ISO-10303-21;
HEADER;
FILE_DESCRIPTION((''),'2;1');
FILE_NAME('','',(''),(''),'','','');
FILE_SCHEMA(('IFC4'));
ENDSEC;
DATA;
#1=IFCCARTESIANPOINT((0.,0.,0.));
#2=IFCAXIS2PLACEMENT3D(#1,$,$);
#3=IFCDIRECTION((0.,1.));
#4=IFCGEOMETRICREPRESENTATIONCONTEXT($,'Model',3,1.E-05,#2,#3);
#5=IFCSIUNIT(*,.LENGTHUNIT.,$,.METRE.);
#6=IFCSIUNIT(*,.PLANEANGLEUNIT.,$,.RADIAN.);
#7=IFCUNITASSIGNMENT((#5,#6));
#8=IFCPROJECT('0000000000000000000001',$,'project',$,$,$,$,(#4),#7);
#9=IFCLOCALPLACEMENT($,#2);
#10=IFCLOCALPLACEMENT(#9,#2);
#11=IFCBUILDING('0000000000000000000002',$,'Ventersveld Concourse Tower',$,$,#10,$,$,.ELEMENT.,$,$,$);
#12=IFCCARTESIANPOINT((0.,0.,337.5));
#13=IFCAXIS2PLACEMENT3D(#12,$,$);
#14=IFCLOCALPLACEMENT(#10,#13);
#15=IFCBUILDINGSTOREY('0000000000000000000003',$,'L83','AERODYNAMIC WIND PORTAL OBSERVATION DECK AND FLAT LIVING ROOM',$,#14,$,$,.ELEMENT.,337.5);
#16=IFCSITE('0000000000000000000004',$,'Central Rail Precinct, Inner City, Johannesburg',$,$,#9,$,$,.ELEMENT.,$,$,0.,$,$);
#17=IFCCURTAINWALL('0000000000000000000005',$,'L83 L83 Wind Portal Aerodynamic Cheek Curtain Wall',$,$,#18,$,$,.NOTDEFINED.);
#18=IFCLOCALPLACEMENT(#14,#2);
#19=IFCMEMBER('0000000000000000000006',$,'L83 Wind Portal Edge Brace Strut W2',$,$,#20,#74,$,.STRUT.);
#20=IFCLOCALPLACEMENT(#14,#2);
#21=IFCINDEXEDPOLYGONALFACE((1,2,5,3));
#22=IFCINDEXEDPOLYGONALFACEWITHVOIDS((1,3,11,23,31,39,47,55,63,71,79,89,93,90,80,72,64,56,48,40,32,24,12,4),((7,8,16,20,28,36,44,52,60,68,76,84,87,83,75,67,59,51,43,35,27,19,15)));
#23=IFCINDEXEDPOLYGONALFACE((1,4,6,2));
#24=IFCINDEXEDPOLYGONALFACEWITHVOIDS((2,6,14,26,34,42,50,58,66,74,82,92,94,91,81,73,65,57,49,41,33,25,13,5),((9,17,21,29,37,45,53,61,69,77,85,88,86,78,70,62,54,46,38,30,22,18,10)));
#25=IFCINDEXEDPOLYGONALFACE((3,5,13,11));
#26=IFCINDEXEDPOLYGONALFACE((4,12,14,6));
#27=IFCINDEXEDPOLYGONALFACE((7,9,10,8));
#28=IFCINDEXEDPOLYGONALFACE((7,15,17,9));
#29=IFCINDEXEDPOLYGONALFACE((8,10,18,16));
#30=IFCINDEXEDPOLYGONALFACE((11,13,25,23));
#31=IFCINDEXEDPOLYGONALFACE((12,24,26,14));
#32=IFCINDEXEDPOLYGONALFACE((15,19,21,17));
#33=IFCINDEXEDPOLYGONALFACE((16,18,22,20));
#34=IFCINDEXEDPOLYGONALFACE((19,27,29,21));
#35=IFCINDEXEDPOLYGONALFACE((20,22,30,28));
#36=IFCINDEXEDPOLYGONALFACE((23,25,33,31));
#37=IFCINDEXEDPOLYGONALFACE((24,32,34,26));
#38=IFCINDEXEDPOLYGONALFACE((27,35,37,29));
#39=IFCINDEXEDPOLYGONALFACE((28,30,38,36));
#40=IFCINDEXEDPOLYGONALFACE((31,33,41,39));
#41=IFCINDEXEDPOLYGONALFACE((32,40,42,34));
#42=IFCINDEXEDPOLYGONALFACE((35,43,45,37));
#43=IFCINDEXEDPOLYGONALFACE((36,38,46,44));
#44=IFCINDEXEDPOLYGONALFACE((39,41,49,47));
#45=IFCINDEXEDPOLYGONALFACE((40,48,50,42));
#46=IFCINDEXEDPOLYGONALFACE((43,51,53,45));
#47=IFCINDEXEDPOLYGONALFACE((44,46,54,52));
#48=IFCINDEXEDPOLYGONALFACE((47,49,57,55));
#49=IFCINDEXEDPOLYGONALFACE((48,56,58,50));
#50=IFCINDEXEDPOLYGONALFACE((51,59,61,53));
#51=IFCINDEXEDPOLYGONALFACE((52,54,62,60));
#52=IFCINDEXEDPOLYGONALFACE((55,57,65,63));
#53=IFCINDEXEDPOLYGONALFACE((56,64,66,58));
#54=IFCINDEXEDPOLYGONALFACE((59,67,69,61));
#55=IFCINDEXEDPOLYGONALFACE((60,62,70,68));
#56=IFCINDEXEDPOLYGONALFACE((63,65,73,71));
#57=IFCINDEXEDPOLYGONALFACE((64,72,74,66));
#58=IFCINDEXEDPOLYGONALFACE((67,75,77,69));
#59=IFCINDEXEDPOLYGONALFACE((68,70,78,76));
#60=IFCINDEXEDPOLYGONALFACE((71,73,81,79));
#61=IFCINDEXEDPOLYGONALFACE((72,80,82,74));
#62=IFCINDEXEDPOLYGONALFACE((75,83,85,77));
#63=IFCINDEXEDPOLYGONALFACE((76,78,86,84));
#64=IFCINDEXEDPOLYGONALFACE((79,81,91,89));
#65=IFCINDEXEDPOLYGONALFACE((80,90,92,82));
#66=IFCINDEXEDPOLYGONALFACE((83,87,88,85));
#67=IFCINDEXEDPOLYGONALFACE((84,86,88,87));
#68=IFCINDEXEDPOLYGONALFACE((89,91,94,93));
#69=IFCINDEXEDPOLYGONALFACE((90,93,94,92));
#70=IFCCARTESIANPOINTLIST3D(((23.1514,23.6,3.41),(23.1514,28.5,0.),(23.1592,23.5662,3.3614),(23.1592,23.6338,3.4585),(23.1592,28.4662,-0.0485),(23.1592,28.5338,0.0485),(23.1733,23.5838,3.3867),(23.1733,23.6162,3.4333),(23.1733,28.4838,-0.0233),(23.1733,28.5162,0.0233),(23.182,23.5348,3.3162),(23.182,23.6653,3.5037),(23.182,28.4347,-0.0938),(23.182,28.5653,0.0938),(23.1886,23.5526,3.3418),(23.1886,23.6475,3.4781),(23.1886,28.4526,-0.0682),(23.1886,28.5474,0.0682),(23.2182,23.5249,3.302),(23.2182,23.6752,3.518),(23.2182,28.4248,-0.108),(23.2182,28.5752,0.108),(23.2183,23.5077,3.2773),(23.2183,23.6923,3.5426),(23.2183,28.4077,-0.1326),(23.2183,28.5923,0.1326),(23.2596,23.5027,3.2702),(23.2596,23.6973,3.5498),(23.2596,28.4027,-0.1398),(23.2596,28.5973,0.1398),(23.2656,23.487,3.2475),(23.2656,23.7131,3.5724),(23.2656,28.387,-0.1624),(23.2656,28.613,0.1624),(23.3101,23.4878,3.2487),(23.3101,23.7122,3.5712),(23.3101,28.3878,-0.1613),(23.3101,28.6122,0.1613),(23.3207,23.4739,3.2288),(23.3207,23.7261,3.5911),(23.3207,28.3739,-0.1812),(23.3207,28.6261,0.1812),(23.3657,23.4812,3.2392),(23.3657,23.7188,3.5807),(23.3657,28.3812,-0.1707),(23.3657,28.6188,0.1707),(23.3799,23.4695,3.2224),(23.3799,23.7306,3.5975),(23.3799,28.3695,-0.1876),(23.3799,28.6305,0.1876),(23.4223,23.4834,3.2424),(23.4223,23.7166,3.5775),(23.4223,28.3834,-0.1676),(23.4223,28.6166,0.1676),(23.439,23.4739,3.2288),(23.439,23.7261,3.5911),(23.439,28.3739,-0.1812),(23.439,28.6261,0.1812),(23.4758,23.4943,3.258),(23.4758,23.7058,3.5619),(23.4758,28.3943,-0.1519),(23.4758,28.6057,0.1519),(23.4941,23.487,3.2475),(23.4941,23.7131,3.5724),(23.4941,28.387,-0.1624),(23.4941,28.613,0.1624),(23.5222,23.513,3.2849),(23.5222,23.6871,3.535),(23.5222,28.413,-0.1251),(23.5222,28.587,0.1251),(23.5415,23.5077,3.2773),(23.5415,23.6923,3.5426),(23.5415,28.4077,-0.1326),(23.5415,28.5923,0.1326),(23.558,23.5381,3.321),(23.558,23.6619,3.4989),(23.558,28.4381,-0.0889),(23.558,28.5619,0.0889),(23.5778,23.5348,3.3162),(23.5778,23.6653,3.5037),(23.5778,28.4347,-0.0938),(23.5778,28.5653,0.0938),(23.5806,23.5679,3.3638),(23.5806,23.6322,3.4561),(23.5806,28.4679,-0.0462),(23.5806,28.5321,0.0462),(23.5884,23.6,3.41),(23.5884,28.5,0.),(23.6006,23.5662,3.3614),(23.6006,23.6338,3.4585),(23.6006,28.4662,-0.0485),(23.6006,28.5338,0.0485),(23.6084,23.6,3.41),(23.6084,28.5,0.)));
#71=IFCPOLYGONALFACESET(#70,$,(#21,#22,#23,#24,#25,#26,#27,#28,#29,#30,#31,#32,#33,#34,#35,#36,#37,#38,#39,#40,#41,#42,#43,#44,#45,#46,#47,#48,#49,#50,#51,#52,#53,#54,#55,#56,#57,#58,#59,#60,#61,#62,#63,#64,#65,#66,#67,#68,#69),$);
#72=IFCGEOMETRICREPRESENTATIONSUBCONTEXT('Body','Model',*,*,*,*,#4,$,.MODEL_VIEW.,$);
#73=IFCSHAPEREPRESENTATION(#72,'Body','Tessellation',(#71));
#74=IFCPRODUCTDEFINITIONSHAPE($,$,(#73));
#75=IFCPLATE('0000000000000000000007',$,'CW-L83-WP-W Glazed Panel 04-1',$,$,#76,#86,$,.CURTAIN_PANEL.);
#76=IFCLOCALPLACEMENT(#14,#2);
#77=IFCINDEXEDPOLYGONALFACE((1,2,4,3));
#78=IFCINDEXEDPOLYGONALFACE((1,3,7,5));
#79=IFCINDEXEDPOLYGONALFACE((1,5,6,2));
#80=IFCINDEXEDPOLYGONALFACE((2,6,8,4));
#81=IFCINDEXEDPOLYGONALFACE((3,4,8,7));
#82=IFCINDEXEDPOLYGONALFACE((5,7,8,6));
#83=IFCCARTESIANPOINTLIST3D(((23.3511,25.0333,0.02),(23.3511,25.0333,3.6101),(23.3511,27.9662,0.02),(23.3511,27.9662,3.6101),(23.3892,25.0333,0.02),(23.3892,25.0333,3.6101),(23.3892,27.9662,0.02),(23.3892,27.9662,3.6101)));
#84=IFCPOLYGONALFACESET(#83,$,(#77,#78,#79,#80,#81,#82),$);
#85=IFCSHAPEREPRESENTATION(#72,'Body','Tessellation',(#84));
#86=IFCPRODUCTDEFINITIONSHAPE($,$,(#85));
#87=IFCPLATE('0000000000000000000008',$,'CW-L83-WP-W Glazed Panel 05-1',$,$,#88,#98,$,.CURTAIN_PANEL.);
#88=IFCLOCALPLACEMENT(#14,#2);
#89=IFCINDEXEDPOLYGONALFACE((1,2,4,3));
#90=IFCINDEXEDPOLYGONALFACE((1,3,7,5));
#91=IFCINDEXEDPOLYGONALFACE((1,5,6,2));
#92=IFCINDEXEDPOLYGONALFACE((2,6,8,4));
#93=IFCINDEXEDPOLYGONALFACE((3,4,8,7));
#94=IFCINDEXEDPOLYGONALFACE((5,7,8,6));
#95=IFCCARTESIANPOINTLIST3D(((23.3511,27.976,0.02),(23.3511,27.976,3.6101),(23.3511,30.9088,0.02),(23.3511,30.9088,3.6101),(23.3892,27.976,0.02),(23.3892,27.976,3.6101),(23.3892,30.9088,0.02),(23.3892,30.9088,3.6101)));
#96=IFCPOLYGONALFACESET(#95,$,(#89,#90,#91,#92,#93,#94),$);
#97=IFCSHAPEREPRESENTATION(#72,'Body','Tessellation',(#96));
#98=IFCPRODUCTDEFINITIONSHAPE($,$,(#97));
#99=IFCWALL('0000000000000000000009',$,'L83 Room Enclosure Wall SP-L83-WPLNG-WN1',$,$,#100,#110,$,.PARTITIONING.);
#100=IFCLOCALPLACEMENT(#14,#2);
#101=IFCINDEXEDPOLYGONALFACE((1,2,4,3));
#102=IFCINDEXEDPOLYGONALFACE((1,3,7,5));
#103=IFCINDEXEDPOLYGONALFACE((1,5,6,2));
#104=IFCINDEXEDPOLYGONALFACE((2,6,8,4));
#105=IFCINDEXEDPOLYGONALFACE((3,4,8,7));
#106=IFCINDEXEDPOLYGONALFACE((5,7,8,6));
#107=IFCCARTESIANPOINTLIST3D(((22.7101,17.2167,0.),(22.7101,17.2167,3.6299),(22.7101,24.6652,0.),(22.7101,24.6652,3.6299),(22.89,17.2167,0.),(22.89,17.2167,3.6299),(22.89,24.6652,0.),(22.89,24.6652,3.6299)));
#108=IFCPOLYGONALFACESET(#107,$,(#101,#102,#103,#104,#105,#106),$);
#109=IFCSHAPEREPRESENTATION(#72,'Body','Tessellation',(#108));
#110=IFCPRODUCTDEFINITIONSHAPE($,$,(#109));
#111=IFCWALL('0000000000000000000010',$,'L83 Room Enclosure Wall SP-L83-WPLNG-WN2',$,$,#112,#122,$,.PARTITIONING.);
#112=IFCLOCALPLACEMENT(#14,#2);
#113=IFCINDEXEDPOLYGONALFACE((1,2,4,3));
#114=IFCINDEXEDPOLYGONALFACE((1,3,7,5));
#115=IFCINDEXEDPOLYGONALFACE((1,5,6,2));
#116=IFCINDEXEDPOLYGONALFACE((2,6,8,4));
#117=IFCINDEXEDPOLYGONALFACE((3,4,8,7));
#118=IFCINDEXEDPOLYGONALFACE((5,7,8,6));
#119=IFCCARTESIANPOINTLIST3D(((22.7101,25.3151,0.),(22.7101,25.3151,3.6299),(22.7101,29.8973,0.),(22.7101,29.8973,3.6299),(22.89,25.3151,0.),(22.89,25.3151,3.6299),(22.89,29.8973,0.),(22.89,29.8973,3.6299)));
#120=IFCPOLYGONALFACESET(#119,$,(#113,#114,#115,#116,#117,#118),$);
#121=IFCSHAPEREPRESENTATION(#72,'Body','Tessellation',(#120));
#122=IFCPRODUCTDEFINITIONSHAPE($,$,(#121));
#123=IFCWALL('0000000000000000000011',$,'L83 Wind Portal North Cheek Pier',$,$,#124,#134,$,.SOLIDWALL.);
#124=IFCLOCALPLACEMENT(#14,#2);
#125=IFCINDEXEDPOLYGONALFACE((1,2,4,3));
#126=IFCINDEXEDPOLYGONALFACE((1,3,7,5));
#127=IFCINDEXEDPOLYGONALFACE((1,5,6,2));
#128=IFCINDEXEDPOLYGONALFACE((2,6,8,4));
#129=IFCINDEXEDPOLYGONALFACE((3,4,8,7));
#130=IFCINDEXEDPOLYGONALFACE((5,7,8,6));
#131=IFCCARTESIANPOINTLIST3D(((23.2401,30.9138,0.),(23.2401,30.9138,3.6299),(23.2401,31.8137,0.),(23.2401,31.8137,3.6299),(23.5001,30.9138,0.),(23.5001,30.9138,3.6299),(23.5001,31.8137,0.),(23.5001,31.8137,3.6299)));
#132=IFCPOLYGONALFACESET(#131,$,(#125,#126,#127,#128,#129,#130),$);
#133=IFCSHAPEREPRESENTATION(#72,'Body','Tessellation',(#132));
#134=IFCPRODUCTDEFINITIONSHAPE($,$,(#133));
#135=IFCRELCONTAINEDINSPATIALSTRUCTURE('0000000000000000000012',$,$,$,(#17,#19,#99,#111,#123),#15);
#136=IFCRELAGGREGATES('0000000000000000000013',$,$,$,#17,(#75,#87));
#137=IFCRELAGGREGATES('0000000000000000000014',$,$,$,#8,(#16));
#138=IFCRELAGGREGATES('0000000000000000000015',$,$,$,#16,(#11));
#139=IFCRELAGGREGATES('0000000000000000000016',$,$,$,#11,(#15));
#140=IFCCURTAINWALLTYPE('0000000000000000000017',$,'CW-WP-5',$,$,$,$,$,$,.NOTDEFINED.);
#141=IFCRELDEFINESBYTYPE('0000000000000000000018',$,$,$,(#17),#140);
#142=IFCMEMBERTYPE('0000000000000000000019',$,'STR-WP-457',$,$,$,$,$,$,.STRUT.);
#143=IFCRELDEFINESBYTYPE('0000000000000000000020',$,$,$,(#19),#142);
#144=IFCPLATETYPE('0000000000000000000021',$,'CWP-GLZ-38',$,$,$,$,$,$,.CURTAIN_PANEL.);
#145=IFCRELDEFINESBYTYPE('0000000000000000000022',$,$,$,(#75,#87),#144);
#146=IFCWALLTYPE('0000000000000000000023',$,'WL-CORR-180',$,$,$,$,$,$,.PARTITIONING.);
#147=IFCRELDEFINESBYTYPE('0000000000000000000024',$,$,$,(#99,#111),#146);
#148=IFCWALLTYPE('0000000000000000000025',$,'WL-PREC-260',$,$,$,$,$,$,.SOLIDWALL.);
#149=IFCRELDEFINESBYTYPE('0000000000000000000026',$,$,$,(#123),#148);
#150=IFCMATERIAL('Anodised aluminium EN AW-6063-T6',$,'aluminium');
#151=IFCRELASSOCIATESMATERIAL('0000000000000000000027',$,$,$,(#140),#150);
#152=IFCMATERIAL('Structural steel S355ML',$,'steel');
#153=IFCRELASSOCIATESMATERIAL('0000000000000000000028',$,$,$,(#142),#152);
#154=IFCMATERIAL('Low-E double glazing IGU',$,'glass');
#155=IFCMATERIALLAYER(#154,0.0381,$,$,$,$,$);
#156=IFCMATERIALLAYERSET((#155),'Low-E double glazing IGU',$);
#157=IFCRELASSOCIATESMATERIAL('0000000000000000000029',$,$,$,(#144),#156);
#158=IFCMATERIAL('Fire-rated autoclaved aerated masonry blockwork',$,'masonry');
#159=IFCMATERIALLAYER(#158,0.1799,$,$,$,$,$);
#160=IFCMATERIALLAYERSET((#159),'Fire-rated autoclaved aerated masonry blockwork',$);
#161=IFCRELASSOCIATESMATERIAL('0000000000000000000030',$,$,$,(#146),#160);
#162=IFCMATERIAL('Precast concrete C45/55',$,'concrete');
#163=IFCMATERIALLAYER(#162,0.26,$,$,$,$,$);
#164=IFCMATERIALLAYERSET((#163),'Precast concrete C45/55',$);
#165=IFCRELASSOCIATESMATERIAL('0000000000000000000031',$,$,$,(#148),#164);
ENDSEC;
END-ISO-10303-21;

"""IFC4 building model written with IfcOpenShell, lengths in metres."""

from ifc_helpers import new_model, si_unit, direction, frame, frame_2d, origin, origin_2d, place, context, subcontext, project, spatial, rectangle, hollow_circle, extrude, material, layer, layer_set, material_profile, profile_set, type_object, element, aggregate, save


model = new_model("IFC4")

# Units and contexts
model_context = context("Model", 3, precision=1e-05, world=origin(), true_north=direction((0.0, 1.0)))
body_context = subcontext(model_context, "Body", "Model", "MODEL_VIEW")
ifc_project = project(units=[si_unit("LENGTHUNIT", "METRE"), si_unit("PLANEANGLEUNIT", "RADIAN")], contexts=[model_context])

# Site, building, storey
site_placement = place(None, origin())
site = spatial("IfcSite", under=ifc_project, at=site_placement, Name="Central Rail Precinct, Inner City, Johannesburg", CompositionType="ELEMENT", RefElevation=0.0)
building_placement = place(site_placement, origin())
building = spatial("IfcBuilding", under=site, at=building_placement, Name="Ventersveld Concourse Tower", CompositionType="ELEMENT")
storey_placement = place(building_placement, frame((0.0, 0.0, 337.5)))
storey = spatial("IfcBuildingStorey", under=building, at=storey_placement, Name="L83", Description="AERODYNAMIC WIND PORTAL OBSERVATION DECK AND FLAT LIVING ROOM", CompositionType="ELEMENT", Elevation=337.5)

# Curtain wall
ifc_material_1 = material(Name="Anodised aluminium EN AW-6063-T6", Category="aluminium")
curtain_wall_type = type_object("IfcCurtainWallType", Name="CW-WP-5", PredefinedType="NOTDEFINED", material=ifc_material_1)
curtain_wall_placement = place(storey_placement, origin())
curtain_wall = element("IfcCurtainWall", 1, at=curtain_wall_placement, inside=storey, type_object=curtain_wall_type, Name="L83 L83 Wind Portal Aerodynamic Cheek Curtain Wall", PredefinedType="NOTDEFINED")

# Member
ifc_material_2 = material(Name="Structural steel S355ML", Category="steel")
ifc_material_profile_1 = material_profile(ifc_material_2, hollow_circle(Radius=0.2285, WallThickness=0.02, at=origin_2d()), Name="CHS 457x20")
ifc_profile_set_1 = profile_set([ifc_material_profile_1], Name="Structural steel S355ML")
member_type_1 = type_object("IfcMemberType", Name="STR-WP-457", PredefinedType="STRUT", material=ifc_profile_set_1)
member_1_placement = place(storey_placement, frame((23.3799, 28.5, 0.0), z_axis=(0.0, -0.820804, 0.571209), x_axis=(1.0, 0.0, 0.0)))
element("IfcMember", 2, at=member_1_placement, inside=storey, type_object=member_type_1, Name="L83 Wind Portal Edge Brace Strut W2", PredefinedType="STRUT", context=body_context, shape_type="SweptSolid", body=[
    extrude(hollow_circle(Radius=0.2285, WallThickness=0.02, at=origin_2d()), origin(), (0.0, 0.0, 1.0), 5.9697),
])

# Plates
ifc_material_3 = material(Name="Low-E double glazing IGU", Category="glass")
ifc_layer_1 = layer(ifc_material_3, 0.0381)
ifc_layer_set_1 = layer_set([ifc_layer_1], Name="Low-E double glazing IGU")
plate_type = type_object("IfcPlateType", Name="CWP-GLZ-38", PredefinedType="CURTAIN_PANEL", material=ifc_layer_set_1)
plate_1_placement = place(storey_placement, frame((23.3701, 26.4998, 0.02), z_axis=(0.0, 0.0, 1.0), x_axis=(0.0, 1.0, 0.0)))
plate_1 = element("IfcPlate", 3, at=plate_1_placement, type_object=plate_type, Name="CW-L83-WP-W Glazed Panel 04-1", PredefinedType="CURTAIN_PANEL", context=body_context, shape_type="SweptSolid", body=[
    extrude(rectangle(XDim=2.9329, YDim=0.0381, at=origin_2d()), origin(), (0.0, 0.0, 1.0), 3.5901),
])
plate_2_placement = place(storey_placement, frame((23.3701, 29.4424, 0.02), z_axis=(0.0, 0.0, 1.0), x_axis=(0.0, 1.0, 0.0)))
plate_2 = element("IfcPlate", 4, at=plate_2_placement, type_object=plate_type, Name="CW-L83-WP-W Glazed Panel 05-1", PredefinedType="CURTAIN_PANEL", context=body_context, shape_type="SweptSolid", body=[
    extrude(rectangle(XDim=2.9329, YDim=0.0381, at=origin_2d()), origin(), (0.0, 0.0, 1.0), 3.5901),
])
aggregate(curtain_wall, [plate_1, plate_2])

# Walls
ifc_material_4 = material(Name="Fire-rated autoclaved aerated masonry blockwork", Category="masonry")
ifc_layer_2 = layer(ifc_material_4, 0.1799)
ifc_layer_set_2 = layer_set([ifc_layer_2], Name="Fire-rated autoclaved aerated masonry blockwork")
wall_type_1 = type_object("IfcWallType", Name="WL-CORR-180", PredefinedType="PARTITIONING", material=ifc_layer_set_2)
wall_1_placement = place(storey_placement, frame((22.8, 24.665, 0.0), z_axis=(0.0, 0.0, 1.0), x_axis=(0.0, -1.0, 0.0)))
element("IfcWall", 5, at=wall_1_placement, inside=storey, type_object=wall_type_1, Name="L83 Room Enclosure Wall SP-L83-WPLNG-WN1", PredefinedType="PARTITIONING", context=body_context, shape_type="SweptSolid", body=[
    extrude(rectangle(XDim=7.4485, YDim=0.1799, at=frame_2d((3.7241, 0.0))), origin(), (0.0, 0.0, 1.0), 3.6299),
])
wall_2_placement = place(storey_placement, frame((22.8, 29.8972, 0.0), z_axis=(0.0, 0.0, 1.0), x_axis=(0.0, -1.0, 0.0)))
element("IfcWall", 6, at=wall_2_placement, inside=storey, type_object=wall_type_1, Name="L83 Room Enclosure Wall SP-L83-WPLNG-WN2", PredefinedType="PARTITIONING", context=body_context, shape_type="SweptSolid", body=[
    extrude(rectangle(XDim=4.5823, YDim=0.1799, at=frame_2d((2.291, 0.0))), origin(), (0.0, 0.0, 1.0), 3.6299),
])
ifc_material_5 = material(Name="Precast concrete C45/55", Category="concrete")
ifc_layer_3 = layer(ifc_material_5, 0.26)
ifc_layer_set_3 = layer_set([ifc_layer_3], Name="Precast concrete C45/55")
wall_type_2 = type_object("IfcWallType", Name="WL-PREC-260", PredefinedType="SOLIDWALL", material=ifc_layer_set_3)
wall_3_placement = place(storey_placement, frame((23.3701, 30.9138, 0.0), z_axis=(0.0, 0.0, 1.0), x_axis=(0.0, 1.0, 0.0)))
element("IfcWall", 7, at=wall_3_placement, inside=storey, type_object=wall_type_2, Name="L83 Wind Portal North Cheek Pier", PredefinedType="SOLIDWALL", context=body_context, shape_type="SweptSolid", body=[
    extrude(rectangle(XDim=0.8999, YDim=0.26, at=frame_2d((0.45, 0.0))), origin(), (0.0, 0.0, 1.0), 3.6299),
])

save(model, "model.ifc")
